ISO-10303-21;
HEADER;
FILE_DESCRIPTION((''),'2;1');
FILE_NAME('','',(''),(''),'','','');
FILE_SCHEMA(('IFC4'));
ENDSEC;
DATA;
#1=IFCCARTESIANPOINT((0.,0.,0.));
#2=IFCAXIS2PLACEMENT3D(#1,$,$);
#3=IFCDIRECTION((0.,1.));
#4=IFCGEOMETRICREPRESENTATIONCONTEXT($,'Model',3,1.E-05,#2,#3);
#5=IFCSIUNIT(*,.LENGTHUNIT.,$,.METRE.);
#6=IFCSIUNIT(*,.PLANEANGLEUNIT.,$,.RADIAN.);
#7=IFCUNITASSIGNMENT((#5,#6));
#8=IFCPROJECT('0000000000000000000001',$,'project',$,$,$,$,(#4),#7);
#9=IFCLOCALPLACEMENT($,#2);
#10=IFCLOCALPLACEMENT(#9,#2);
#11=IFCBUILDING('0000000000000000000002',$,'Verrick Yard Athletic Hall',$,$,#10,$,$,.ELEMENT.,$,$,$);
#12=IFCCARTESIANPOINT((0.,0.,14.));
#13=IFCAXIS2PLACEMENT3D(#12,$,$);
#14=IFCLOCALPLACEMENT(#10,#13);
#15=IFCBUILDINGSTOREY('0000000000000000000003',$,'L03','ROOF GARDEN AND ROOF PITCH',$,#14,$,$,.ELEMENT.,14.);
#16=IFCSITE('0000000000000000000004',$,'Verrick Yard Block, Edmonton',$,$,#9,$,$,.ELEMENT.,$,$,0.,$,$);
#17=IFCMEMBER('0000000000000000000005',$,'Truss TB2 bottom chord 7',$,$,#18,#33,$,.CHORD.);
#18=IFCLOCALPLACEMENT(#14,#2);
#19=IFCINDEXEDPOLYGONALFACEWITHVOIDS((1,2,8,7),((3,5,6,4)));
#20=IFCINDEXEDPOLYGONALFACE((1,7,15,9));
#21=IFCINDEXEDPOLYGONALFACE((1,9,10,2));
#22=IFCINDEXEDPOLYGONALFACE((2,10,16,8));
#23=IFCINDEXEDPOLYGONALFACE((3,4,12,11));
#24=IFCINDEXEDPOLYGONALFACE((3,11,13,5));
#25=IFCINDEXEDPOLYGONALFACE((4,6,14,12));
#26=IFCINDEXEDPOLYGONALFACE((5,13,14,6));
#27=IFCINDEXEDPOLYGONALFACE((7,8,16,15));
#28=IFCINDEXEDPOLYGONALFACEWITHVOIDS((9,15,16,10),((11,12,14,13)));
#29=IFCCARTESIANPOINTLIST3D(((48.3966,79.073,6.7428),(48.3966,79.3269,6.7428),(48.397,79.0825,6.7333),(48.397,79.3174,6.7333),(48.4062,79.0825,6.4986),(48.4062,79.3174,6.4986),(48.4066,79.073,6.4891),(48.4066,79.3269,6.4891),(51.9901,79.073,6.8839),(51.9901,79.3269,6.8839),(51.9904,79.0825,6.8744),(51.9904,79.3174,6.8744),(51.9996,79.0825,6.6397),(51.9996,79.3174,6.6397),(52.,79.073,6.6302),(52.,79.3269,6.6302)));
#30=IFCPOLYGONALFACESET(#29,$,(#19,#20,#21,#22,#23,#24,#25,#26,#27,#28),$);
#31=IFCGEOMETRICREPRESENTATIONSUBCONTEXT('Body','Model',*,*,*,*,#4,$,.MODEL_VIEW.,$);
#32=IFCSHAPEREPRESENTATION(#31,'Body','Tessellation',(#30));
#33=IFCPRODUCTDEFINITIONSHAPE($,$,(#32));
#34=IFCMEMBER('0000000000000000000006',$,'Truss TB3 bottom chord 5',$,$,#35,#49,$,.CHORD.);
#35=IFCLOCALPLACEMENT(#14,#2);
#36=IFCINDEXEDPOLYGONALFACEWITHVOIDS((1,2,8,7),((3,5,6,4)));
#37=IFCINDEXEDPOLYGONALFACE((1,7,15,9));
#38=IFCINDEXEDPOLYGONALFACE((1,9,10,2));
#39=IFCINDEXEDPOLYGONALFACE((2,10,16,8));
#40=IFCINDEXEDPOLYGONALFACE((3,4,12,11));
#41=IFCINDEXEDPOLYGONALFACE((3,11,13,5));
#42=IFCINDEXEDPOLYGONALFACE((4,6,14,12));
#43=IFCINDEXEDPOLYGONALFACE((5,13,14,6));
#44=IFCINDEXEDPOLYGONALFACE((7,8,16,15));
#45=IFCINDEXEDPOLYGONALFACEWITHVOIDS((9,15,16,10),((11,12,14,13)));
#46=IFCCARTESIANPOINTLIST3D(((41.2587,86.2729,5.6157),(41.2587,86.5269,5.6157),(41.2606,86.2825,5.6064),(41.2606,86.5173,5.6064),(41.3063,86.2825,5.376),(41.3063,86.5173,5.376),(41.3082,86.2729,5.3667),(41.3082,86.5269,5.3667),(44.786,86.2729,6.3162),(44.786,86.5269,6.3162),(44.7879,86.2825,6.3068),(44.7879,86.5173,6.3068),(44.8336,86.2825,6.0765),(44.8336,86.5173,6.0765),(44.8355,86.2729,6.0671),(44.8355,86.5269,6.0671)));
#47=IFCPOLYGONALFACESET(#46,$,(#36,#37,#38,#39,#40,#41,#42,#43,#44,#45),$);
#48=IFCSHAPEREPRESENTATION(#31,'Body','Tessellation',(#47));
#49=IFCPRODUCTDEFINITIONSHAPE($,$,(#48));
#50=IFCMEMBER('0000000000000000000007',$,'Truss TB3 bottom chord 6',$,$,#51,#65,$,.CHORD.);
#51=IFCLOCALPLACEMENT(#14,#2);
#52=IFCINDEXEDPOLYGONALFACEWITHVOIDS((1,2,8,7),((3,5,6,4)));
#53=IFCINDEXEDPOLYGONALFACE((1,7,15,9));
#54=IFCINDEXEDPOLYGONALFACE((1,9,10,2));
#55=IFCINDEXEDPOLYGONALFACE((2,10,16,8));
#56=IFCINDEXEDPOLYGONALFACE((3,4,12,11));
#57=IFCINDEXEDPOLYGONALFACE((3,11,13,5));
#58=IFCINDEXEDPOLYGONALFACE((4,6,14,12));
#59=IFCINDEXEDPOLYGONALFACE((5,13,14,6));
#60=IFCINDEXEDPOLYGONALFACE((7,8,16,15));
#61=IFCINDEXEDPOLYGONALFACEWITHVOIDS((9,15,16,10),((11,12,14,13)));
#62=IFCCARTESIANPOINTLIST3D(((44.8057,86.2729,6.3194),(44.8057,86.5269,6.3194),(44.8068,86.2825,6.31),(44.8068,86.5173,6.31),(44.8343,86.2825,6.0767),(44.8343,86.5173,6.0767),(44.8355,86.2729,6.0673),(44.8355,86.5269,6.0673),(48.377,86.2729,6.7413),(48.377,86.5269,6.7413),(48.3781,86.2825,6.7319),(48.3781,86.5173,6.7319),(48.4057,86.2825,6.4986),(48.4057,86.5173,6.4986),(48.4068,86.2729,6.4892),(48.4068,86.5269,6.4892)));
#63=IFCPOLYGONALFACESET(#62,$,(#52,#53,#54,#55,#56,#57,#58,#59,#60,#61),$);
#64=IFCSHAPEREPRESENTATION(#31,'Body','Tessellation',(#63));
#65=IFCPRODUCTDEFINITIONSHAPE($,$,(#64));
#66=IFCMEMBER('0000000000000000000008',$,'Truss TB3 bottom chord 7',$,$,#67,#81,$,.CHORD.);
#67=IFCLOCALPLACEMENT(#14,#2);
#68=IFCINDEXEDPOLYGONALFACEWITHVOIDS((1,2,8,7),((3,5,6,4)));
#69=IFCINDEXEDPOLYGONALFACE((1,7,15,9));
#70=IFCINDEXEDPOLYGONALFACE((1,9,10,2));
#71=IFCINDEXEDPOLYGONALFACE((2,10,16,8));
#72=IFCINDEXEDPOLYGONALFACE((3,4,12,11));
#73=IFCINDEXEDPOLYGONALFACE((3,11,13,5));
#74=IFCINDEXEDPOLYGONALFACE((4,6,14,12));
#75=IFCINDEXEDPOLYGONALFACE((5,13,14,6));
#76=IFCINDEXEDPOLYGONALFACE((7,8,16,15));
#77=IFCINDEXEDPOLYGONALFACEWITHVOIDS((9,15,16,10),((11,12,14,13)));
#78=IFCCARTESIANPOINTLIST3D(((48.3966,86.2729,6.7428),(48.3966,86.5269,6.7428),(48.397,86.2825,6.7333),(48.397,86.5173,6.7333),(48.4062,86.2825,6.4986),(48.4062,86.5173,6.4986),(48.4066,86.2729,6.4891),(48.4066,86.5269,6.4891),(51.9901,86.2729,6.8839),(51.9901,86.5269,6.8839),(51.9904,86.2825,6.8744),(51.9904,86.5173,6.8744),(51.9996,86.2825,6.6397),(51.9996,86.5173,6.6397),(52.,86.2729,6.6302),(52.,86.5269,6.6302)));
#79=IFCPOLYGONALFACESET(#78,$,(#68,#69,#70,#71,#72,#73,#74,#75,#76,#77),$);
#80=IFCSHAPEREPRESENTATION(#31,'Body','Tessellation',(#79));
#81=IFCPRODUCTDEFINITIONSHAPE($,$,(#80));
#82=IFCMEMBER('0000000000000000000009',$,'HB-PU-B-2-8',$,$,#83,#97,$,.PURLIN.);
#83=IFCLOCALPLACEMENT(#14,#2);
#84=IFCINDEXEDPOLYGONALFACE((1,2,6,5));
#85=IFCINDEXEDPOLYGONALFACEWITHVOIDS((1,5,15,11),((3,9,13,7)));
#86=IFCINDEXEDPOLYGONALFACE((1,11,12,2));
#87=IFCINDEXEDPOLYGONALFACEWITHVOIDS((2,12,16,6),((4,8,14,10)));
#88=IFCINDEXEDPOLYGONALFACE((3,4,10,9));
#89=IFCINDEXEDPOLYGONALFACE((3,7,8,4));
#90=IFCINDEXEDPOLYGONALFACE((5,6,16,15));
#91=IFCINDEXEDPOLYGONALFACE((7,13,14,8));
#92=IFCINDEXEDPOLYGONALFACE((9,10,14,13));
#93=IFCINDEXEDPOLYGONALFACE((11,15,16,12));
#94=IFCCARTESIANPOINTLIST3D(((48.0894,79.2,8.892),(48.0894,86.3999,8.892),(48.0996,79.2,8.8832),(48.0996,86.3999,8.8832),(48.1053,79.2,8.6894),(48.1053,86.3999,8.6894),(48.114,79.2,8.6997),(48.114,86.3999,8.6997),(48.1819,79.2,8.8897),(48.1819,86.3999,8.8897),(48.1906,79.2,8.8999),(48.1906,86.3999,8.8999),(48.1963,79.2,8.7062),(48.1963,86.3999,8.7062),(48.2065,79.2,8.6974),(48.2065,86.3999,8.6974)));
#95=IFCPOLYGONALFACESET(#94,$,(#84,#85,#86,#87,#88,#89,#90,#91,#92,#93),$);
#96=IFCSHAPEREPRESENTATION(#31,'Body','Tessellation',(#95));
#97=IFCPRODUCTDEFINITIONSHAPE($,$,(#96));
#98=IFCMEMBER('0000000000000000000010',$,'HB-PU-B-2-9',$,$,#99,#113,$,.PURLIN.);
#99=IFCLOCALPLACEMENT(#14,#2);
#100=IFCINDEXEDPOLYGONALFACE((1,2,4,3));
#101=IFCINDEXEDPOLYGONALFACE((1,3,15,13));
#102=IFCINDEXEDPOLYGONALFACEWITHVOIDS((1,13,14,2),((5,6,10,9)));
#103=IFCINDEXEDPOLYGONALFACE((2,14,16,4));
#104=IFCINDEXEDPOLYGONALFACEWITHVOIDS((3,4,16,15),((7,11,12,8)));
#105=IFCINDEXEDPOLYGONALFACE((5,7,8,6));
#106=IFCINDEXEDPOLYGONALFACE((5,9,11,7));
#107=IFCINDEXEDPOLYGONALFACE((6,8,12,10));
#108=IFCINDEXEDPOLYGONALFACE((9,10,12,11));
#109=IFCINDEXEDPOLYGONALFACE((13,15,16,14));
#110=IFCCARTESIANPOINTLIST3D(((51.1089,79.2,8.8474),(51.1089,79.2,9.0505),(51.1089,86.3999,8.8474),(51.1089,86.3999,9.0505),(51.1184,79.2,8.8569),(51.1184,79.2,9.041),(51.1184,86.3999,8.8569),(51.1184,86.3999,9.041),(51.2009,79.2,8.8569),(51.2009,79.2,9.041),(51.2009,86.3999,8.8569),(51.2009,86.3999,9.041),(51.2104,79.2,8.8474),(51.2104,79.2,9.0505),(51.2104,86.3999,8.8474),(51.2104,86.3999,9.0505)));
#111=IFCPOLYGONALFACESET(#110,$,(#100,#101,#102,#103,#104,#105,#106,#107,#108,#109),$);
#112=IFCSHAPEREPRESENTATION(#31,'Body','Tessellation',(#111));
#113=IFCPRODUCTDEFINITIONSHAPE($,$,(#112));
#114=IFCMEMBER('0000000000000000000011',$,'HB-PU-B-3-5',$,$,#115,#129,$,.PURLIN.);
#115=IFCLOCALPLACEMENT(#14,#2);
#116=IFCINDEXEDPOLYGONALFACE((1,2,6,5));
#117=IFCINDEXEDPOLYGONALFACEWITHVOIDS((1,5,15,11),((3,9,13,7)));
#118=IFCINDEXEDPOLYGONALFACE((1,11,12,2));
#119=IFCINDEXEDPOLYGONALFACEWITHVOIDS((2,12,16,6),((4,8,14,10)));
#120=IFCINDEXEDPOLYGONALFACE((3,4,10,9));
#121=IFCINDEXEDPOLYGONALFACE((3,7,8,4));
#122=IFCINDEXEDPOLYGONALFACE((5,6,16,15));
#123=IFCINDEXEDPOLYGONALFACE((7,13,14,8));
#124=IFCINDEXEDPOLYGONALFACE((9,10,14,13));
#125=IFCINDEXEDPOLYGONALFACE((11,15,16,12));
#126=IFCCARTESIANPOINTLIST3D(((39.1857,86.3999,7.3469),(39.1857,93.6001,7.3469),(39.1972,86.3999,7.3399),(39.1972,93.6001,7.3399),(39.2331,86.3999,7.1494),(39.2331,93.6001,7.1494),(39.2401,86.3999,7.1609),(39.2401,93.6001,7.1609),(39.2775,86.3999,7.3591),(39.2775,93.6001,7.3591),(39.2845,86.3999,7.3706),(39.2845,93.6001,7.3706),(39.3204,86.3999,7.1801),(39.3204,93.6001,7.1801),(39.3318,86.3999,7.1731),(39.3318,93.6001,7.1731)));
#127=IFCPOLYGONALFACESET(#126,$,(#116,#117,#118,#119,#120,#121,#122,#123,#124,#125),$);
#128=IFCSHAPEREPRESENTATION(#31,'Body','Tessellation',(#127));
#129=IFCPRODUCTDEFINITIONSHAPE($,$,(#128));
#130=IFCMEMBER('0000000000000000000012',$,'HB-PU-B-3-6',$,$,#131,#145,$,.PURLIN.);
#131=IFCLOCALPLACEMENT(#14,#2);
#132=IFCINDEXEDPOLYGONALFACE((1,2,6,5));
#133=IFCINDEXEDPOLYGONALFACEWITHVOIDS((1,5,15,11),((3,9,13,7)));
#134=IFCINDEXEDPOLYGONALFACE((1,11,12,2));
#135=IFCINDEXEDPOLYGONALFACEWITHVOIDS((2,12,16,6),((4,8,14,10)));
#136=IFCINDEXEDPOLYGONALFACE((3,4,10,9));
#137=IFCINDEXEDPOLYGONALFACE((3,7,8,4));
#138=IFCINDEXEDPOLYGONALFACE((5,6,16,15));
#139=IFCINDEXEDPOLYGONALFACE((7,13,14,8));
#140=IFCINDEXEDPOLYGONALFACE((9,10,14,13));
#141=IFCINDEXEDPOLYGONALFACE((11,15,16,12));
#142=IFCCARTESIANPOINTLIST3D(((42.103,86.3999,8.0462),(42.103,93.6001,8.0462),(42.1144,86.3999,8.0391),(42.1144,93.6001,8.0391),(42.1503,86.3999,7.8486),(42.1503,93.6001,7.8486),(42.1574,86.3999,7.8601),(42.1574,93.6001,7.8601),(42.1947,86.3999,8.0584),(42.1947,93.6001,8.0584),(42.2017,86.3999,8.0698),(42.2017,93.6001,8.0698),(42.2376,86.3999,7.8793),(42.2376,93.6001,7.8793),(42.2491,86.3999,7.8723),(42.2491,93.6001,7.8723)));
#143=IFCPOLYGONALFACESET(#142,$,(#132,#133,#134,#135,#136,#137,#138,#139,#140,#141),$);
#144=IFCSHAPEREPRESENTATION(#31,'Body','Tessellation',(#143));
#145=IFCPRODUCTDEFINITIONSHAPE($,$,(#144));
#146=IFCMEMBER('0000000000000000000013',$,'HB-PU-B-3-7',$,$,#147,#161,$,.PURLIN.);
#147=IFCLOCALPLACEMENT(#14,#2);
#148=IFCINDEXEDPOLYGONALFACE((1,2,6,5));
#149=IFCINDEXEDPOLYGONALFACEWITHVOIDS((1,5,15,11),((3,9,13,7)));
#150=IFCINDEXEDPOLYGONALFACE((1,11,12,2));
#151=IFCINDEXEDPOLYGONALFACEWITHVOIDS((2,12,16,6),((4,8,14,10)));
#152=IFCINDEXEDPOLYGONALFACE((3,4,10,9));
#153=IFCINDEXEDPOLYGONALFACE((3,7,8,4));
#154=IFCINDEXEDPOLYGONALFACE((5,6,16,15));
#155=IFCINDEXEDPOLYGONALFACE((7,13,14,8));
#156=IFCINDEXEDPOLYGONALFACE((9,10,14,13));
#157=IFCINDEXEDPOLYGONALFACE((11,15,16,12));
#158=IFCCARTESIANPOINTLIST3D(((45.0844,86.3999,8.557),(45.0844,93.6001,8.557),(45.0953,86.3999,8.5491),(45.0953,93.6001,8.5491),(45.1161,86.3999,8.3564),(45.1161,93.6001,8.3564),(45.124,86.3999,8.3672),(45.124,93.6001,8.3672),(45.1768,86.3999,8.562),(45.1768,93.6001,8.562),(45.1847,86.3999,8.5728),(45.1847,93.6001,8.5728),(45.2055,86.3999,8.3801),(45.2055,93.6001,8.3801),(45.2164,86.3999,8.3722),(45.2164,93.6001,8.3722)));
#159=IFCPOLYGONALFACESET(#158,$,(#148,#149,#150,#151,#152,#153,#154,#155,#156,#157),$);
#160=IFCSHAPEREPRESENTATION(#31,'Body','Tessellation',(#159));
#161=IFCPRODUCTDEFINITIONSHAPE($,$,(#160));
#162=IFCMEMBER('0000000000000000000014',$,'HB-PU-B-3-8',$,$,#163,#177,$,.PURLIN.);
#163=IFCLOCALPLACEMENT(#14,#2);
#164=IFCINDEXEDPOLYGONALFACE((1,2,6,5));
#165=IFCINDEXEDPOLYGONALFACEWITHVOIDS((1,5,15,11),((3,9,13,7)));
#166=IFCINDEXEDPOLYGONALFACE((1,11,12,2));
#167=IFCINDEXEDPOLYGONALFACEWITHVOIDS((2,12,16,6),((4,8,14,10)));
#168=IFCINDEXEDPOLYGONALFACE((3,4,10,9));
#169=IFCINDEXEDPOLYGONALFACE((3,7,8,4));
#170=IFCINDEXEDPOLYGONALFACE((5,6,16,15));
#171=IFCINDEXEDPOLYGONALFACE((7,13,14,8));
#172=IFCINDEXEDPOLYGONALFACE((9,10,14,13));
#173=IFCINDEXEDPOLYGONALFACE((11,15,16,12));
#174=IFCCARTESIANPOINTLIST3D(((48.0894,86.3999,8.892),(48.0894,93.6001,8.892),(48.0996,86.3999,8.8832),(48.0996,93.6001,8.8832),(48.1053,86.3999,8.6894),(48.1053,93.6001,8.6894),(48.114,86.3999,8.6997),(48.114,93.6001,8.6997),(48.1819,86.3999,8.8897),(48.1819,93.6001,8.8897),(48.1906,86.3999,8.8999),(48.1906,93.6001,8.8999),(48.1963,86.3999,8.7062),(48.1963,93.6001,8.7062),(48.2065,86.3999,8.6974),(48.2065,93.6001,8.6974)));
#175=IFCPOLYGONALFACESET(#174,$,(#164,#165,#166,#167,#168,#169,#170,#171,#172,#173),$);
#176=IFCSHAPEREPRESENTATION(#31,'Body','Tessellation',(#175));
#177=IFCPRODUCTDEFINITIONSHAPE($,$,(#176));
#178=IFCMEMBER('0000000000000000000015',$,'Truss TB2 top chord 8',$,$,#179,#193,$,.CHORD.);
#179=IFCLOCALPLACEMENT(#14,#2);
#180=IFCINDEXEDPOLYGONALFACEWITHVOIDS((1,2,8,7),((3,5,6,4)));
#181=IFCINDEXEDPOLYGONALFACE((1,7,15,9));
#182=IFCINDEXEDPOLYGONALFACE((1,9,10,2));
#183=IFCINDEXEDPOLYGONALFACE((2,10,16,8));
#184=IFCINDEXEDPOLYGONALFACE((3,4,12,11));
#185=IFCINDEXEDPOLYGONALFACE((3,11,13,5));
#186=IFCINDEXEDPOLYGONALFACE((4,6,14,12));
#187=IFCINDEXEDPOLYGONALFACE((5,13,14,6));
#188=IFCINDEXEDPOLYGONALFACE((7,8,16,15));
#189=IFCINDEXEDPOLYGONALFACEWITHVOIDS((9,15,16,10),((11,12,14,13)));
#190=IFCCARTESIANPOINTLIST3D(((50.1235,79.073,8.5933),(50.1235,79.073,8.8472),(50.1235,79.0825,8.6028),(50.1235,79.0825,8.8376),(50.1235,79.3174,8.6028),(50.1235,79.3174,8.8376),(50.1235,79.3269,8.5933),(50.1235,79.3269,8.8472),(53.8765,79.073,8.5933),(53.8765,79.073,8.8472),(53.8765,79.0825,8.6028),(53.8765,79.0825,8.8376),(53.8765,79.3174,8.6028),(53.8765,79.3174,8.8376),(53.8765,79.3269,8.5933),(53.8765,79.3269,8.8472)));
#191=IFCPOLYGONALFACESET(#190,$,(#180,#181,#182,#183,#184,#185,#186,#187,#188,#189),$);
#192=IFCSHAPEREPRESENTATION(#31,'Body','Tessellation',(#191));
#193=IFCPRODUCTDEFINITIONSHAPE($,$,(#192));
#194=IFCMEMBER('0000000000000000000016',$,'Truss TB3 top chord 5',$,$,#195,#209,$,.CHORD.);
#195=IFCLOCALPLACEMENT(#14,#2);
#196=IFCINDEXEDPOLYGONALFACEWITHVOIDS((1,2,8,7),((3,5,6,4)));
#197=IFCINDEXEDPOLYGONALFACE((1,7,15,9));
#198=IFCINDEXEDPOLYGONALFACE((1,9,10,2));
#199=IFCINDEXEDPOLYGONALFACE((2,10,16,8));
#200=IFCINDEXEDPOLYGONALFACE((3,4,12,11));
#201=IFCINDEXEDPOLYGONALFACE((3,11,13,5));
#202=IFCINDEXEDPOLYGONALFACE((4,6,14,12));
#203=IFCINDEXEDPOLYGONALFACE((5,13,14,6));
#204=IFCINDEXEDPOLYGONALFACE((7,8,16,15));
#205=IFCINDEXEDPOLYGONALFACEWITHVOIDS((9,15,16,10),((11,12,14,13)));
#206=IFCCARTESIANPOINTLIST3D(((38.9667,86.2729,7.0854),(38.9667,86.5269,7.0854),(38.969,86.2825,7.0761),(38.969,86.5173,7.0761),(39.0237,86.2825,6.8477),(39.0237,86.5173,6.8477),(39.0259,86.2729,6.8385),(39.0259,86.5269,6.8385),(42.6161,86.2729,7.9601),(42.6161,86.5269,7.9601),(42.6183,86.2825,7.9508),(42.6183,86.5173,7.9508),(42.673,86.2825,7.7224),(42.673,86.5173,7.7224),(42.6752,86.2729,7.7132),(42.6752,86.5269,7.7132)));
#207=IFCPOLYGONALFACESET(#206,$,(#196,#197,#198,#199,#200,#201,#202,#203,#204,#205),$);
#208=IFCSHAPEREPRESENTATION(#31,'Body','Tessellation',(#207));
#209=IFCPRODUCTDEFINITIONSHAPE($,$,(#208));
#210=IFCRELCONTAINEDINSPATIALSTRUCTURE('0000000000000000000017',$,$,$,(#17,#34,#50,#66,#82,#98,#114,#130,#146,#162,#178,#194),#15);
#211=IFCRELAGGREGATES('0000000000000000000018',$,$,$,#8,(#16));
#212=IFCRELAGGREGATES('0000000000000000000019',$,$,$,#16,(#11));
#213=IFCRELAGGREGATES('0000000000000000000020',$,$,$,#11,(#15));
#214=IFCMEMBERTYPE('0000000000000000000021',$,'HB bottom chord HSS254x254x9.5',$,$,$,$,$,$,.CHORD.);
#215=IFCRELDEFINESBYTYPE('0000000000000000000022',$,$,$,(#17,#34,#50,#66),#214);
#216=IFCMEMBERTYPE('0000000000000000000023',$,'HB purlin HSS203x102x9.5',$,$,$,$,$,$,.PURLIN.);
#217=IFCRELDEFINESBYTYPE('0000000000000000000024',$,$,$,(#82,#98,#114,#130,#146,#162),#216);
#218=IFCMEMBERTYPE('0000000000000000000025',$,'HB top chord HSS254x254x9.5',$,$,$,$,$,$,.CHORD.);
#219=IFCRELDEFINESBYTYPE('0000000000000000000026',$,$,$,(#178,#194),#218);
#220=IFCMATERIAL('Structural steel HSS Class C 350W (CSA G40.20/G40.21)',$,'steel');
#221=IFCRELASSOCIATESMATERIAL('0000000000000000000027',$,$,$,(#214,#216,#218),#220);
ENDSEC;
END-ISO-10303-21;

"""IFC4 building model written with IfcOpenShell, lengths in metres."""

from ifc_helpers import new_model, si_unit, direction, frame, origin, origin_2d, place, context, subcontext, project, spatial, hollow_rectangle, extrude, material, material_profile, profile_set, type_object, element, save


model = new_model("IFC4")

# Units and contexts
model_context = context("Model", 3, precision=1e-05, world=origin(), true_north=direction((0.0, 1.0)))
body_context = subcontext(model_context, "Body", "Model", "MODEL_VIEW")
ifc_project = project(units=[si_unit("LENGTHUNIT", "METRE"), si_unit("PLANEANGLEUNIT", "RADIAN")], contexts=[model_context])

# Site, building, storey
site_placement = place(None, origin())
site = spatial("IfcSite", under=ifc_project, at=site_placement, Name="Verrick Yard Block, Edmonton", CompositionType="ELEMENT", RefElevation=0.0)
building_placement = place(site_placement, origin())
building = spatial("IfcBuilding", under=site, at=building_placement, Name="Verrick Yard Athletic Hall", CompositionType="ELEMENT")
storey_placement = place(building_placement, frame((0.0, 0.0, 14.0)))
storey = spatial("IfcBuildingStorey", under=building, at=storey_placement, Name="L03", Description="ROOF GARDEN AND ROOF PITCH", CompositionType="ELEMENT", Elevation=14.0)

# Members
ifc_material_1 = material(Name="Structural steel HSS Class C 350W (CSA G40.20/G40.21)", Category="steel")
ifc_material_profile_1 = material_profile(ifc_material_1, hollow_rectangle(XDim=0.2539, YDim=0.2539, WallThickness=0.0095, at=origin_2d()), Name="HSS254x254x9.5")
ifc_profile_set_1 = profile_set([ifc_material_profile_1], Name="Structural steel HSS Class C 350W (CSA G40.20/G40.21)")
member_type_1 = type_object("IfcMemberType", Name="HB bottom chord HSS254x254x9.5", PredefinedType="CHORD", material=ifc_profile_set_1)
for number, where, z_axis, x_axis, name in (
    (1, (48.4016, 79.2, 6.616), (0.99923, 0.0, 0.039239), (0.0, 1.0, 0.0), "Truss TB2 bottom chord 7"),
    (2, (41.2834, 86.3999, 5.4912), (0.980849, 0.0, 0.194771), (0.0, 1.0, 0.0), "Truss TB3 bottom chord 5"),
    (3, (44.8206, 86.3999, 6.1934), (0.993095, 0.0, 0.117314), (0.0, 1.0, 0.0), "Truss TB3 bottom chord 6"),
    (4, (48.4016, 86.3999, 6.616), (0.99923, 0.0, 0.039239), (0.0, 1.0, 0.0), "Truss TB3 bottom chord 7"),
):
    element("IfcMember", number, at=place(storey_placement, frame(where, z_axis=z_axis, x_axis=x_axis)), inside=storey, type_object=member_type_1, Name=name, PredefinedType="CHORD", context=body_context, shape_type="SweptSolid", body=[
        extrude(hollow_rectangle(XDim=0.2539, YDim=0.2539, WallThickness=0.0095, at=origin_2d()), origin(), (0.0, 0.0, 1.0), 3.5962),
    ])
ifc_material_profile_2 = material_profile(ifc_material_1, hollow_rectangle(XDim=0.1016, YDim=0.2031, WallThickness=0.0095, at=origin_2d()), Name="HSS203x102x9.5")
ifc_profile_set_2 = profile_set([ifc_material_profile_2], Name="Structural steel HSS Class C 350W (CSA G40.20/G40.21)")
member_type_2 = type_object("IfcMemberType", Name="HB purlin HSS203x102x9.5", PredefinedType="PURLIN", material=ifc_profile_set_2)
for number, where, z_axis, x_axis, name in (
    (5, (48.1479, 79.2, 8.7947), (0.0, 1.0, 0.0), (-0.996927, 0.0, -0.078332), "HB-PU-B-2-8"),
    (6, (51.1597, 79.2, 8.949), (0.0, 1.0, 0.0), (-1.0, 0.0, 0.0), "HB-PU-B-2-9"),
):
    element("IfcMember", number, at=place(storey_placement, frame(where, z_axis=z_axis, x_axis=x_axis)), inside=storey, type_object=member_type_2, Name=name, PredefinedType="PURLIN", context=body_context, shape_type="SweptSolid", body=[
        extrude(hollow_rectangle(XDim=0.1016, YDim=0.2031, WallThickness=0.0095, at=origin_2d()), origin(), (0.0, 0.0, 1.0), 7.2),
    ])
for number, where, z_axis, x_axis, name in (
    (7, (39.2588, 86.3999, 7.26), (0.0, 1.0, 0.0), (-0.972459, 0.0, -0.233074), "HB-PU-B-3-5"),
    (8, (42.176, 86.3999, 7.9592), (0.0, 1.0, 0.0), (-0.972459, 0.0, -0.233074), "HB-PU-B-3-6"),
    (9, (45.1504, 86.3999, 8.4646), (0.0, 1.0, 0.0), (-0.987728, 0.0, -0.156183), "HB-PU-B-3-7"),
    (10, (48.1479, 86.3999, 8.7947), (0.0, 1.0, 0.0), (-0.996927, 0.0, -0.078332), "HB-PU-B-3-8"),
):
    element("IfcMember", number, at=place(storey_placement, frame(where, z_axis=z_axis, x_axis=x_axis)), inside=storey, type_object=member_type_2, Name=name, PredefinedType="PURLIN", context=body_context, shape_type="SweptSolid", body=[
        extrude(hollow_rectangle(XDim=0.1016, YDim=0.2031, WallThickness=0.0095, at=origin_2d()), origin(), (0.0, 0.0, 1.0), 7.2002),
    ])
ifc_material_profile_3 = material_profile(ifc_material_1, hollow_rectangle(XDim=0.2539, YDim=0.2539, WallThickness=0.0095, at=origin_2d()), Name="HSS254x254x9.5")
ifc_profile_set_3 = profile_set([ifc_material_profile_3], Name="Structural steel HSS Class C 350W (CSA G40.20/G40.21)")
member_type_3 = type_object("IfcMemberType", Name="HB top chord HSS254x254x9.5", PredefinedType="CHORD", material=ifc_profile_set_3)
member_1_placement = place(storey_placement, frame((50.1235, 79.2, 8.7202), z_axis=(1.0, 0.0, 0.0), x_axis=(0.0, 1.0, 0.0)))
element("IfcMember", 11, at=member_1_placement, inside=storey, type_object=member_type_3, Name="Truss TB2 top chord 8", PredefinedType="CHORD", context=body_context, shape_type="SweptSolid", body=[
    extrude(hollow_rectangle(XDim=0.2539, YDim=0.2539, WallThickness=0.0095, at=origin_2d()), origin(), (0.0, 0.0, 1.0), 3.7529),
])
member_2_placement = place(storey_placement, frame((38.9963, 86.3999, 6.9619), z_axis=(0.972454, 0.0, 0.233095), x_axis=(0.0, 1.0, 0.0)))
element("IfcMember", 12, at=member_2_placement, inside=storey, type_object=member_type_3, Name="Truss TB3 top chord 5", PredefinedType="CHORD", context=body_context, shape_type="SweptSolid", body=[
    extrude(hollow_rectangle(XDim=0.2539, YDim=0.2539, WallThickness=0.0095, at=origin_2d()), origin(), (0.0, 0.0, 1.0), 3.7527),
])

save(model, "model.ifc")
